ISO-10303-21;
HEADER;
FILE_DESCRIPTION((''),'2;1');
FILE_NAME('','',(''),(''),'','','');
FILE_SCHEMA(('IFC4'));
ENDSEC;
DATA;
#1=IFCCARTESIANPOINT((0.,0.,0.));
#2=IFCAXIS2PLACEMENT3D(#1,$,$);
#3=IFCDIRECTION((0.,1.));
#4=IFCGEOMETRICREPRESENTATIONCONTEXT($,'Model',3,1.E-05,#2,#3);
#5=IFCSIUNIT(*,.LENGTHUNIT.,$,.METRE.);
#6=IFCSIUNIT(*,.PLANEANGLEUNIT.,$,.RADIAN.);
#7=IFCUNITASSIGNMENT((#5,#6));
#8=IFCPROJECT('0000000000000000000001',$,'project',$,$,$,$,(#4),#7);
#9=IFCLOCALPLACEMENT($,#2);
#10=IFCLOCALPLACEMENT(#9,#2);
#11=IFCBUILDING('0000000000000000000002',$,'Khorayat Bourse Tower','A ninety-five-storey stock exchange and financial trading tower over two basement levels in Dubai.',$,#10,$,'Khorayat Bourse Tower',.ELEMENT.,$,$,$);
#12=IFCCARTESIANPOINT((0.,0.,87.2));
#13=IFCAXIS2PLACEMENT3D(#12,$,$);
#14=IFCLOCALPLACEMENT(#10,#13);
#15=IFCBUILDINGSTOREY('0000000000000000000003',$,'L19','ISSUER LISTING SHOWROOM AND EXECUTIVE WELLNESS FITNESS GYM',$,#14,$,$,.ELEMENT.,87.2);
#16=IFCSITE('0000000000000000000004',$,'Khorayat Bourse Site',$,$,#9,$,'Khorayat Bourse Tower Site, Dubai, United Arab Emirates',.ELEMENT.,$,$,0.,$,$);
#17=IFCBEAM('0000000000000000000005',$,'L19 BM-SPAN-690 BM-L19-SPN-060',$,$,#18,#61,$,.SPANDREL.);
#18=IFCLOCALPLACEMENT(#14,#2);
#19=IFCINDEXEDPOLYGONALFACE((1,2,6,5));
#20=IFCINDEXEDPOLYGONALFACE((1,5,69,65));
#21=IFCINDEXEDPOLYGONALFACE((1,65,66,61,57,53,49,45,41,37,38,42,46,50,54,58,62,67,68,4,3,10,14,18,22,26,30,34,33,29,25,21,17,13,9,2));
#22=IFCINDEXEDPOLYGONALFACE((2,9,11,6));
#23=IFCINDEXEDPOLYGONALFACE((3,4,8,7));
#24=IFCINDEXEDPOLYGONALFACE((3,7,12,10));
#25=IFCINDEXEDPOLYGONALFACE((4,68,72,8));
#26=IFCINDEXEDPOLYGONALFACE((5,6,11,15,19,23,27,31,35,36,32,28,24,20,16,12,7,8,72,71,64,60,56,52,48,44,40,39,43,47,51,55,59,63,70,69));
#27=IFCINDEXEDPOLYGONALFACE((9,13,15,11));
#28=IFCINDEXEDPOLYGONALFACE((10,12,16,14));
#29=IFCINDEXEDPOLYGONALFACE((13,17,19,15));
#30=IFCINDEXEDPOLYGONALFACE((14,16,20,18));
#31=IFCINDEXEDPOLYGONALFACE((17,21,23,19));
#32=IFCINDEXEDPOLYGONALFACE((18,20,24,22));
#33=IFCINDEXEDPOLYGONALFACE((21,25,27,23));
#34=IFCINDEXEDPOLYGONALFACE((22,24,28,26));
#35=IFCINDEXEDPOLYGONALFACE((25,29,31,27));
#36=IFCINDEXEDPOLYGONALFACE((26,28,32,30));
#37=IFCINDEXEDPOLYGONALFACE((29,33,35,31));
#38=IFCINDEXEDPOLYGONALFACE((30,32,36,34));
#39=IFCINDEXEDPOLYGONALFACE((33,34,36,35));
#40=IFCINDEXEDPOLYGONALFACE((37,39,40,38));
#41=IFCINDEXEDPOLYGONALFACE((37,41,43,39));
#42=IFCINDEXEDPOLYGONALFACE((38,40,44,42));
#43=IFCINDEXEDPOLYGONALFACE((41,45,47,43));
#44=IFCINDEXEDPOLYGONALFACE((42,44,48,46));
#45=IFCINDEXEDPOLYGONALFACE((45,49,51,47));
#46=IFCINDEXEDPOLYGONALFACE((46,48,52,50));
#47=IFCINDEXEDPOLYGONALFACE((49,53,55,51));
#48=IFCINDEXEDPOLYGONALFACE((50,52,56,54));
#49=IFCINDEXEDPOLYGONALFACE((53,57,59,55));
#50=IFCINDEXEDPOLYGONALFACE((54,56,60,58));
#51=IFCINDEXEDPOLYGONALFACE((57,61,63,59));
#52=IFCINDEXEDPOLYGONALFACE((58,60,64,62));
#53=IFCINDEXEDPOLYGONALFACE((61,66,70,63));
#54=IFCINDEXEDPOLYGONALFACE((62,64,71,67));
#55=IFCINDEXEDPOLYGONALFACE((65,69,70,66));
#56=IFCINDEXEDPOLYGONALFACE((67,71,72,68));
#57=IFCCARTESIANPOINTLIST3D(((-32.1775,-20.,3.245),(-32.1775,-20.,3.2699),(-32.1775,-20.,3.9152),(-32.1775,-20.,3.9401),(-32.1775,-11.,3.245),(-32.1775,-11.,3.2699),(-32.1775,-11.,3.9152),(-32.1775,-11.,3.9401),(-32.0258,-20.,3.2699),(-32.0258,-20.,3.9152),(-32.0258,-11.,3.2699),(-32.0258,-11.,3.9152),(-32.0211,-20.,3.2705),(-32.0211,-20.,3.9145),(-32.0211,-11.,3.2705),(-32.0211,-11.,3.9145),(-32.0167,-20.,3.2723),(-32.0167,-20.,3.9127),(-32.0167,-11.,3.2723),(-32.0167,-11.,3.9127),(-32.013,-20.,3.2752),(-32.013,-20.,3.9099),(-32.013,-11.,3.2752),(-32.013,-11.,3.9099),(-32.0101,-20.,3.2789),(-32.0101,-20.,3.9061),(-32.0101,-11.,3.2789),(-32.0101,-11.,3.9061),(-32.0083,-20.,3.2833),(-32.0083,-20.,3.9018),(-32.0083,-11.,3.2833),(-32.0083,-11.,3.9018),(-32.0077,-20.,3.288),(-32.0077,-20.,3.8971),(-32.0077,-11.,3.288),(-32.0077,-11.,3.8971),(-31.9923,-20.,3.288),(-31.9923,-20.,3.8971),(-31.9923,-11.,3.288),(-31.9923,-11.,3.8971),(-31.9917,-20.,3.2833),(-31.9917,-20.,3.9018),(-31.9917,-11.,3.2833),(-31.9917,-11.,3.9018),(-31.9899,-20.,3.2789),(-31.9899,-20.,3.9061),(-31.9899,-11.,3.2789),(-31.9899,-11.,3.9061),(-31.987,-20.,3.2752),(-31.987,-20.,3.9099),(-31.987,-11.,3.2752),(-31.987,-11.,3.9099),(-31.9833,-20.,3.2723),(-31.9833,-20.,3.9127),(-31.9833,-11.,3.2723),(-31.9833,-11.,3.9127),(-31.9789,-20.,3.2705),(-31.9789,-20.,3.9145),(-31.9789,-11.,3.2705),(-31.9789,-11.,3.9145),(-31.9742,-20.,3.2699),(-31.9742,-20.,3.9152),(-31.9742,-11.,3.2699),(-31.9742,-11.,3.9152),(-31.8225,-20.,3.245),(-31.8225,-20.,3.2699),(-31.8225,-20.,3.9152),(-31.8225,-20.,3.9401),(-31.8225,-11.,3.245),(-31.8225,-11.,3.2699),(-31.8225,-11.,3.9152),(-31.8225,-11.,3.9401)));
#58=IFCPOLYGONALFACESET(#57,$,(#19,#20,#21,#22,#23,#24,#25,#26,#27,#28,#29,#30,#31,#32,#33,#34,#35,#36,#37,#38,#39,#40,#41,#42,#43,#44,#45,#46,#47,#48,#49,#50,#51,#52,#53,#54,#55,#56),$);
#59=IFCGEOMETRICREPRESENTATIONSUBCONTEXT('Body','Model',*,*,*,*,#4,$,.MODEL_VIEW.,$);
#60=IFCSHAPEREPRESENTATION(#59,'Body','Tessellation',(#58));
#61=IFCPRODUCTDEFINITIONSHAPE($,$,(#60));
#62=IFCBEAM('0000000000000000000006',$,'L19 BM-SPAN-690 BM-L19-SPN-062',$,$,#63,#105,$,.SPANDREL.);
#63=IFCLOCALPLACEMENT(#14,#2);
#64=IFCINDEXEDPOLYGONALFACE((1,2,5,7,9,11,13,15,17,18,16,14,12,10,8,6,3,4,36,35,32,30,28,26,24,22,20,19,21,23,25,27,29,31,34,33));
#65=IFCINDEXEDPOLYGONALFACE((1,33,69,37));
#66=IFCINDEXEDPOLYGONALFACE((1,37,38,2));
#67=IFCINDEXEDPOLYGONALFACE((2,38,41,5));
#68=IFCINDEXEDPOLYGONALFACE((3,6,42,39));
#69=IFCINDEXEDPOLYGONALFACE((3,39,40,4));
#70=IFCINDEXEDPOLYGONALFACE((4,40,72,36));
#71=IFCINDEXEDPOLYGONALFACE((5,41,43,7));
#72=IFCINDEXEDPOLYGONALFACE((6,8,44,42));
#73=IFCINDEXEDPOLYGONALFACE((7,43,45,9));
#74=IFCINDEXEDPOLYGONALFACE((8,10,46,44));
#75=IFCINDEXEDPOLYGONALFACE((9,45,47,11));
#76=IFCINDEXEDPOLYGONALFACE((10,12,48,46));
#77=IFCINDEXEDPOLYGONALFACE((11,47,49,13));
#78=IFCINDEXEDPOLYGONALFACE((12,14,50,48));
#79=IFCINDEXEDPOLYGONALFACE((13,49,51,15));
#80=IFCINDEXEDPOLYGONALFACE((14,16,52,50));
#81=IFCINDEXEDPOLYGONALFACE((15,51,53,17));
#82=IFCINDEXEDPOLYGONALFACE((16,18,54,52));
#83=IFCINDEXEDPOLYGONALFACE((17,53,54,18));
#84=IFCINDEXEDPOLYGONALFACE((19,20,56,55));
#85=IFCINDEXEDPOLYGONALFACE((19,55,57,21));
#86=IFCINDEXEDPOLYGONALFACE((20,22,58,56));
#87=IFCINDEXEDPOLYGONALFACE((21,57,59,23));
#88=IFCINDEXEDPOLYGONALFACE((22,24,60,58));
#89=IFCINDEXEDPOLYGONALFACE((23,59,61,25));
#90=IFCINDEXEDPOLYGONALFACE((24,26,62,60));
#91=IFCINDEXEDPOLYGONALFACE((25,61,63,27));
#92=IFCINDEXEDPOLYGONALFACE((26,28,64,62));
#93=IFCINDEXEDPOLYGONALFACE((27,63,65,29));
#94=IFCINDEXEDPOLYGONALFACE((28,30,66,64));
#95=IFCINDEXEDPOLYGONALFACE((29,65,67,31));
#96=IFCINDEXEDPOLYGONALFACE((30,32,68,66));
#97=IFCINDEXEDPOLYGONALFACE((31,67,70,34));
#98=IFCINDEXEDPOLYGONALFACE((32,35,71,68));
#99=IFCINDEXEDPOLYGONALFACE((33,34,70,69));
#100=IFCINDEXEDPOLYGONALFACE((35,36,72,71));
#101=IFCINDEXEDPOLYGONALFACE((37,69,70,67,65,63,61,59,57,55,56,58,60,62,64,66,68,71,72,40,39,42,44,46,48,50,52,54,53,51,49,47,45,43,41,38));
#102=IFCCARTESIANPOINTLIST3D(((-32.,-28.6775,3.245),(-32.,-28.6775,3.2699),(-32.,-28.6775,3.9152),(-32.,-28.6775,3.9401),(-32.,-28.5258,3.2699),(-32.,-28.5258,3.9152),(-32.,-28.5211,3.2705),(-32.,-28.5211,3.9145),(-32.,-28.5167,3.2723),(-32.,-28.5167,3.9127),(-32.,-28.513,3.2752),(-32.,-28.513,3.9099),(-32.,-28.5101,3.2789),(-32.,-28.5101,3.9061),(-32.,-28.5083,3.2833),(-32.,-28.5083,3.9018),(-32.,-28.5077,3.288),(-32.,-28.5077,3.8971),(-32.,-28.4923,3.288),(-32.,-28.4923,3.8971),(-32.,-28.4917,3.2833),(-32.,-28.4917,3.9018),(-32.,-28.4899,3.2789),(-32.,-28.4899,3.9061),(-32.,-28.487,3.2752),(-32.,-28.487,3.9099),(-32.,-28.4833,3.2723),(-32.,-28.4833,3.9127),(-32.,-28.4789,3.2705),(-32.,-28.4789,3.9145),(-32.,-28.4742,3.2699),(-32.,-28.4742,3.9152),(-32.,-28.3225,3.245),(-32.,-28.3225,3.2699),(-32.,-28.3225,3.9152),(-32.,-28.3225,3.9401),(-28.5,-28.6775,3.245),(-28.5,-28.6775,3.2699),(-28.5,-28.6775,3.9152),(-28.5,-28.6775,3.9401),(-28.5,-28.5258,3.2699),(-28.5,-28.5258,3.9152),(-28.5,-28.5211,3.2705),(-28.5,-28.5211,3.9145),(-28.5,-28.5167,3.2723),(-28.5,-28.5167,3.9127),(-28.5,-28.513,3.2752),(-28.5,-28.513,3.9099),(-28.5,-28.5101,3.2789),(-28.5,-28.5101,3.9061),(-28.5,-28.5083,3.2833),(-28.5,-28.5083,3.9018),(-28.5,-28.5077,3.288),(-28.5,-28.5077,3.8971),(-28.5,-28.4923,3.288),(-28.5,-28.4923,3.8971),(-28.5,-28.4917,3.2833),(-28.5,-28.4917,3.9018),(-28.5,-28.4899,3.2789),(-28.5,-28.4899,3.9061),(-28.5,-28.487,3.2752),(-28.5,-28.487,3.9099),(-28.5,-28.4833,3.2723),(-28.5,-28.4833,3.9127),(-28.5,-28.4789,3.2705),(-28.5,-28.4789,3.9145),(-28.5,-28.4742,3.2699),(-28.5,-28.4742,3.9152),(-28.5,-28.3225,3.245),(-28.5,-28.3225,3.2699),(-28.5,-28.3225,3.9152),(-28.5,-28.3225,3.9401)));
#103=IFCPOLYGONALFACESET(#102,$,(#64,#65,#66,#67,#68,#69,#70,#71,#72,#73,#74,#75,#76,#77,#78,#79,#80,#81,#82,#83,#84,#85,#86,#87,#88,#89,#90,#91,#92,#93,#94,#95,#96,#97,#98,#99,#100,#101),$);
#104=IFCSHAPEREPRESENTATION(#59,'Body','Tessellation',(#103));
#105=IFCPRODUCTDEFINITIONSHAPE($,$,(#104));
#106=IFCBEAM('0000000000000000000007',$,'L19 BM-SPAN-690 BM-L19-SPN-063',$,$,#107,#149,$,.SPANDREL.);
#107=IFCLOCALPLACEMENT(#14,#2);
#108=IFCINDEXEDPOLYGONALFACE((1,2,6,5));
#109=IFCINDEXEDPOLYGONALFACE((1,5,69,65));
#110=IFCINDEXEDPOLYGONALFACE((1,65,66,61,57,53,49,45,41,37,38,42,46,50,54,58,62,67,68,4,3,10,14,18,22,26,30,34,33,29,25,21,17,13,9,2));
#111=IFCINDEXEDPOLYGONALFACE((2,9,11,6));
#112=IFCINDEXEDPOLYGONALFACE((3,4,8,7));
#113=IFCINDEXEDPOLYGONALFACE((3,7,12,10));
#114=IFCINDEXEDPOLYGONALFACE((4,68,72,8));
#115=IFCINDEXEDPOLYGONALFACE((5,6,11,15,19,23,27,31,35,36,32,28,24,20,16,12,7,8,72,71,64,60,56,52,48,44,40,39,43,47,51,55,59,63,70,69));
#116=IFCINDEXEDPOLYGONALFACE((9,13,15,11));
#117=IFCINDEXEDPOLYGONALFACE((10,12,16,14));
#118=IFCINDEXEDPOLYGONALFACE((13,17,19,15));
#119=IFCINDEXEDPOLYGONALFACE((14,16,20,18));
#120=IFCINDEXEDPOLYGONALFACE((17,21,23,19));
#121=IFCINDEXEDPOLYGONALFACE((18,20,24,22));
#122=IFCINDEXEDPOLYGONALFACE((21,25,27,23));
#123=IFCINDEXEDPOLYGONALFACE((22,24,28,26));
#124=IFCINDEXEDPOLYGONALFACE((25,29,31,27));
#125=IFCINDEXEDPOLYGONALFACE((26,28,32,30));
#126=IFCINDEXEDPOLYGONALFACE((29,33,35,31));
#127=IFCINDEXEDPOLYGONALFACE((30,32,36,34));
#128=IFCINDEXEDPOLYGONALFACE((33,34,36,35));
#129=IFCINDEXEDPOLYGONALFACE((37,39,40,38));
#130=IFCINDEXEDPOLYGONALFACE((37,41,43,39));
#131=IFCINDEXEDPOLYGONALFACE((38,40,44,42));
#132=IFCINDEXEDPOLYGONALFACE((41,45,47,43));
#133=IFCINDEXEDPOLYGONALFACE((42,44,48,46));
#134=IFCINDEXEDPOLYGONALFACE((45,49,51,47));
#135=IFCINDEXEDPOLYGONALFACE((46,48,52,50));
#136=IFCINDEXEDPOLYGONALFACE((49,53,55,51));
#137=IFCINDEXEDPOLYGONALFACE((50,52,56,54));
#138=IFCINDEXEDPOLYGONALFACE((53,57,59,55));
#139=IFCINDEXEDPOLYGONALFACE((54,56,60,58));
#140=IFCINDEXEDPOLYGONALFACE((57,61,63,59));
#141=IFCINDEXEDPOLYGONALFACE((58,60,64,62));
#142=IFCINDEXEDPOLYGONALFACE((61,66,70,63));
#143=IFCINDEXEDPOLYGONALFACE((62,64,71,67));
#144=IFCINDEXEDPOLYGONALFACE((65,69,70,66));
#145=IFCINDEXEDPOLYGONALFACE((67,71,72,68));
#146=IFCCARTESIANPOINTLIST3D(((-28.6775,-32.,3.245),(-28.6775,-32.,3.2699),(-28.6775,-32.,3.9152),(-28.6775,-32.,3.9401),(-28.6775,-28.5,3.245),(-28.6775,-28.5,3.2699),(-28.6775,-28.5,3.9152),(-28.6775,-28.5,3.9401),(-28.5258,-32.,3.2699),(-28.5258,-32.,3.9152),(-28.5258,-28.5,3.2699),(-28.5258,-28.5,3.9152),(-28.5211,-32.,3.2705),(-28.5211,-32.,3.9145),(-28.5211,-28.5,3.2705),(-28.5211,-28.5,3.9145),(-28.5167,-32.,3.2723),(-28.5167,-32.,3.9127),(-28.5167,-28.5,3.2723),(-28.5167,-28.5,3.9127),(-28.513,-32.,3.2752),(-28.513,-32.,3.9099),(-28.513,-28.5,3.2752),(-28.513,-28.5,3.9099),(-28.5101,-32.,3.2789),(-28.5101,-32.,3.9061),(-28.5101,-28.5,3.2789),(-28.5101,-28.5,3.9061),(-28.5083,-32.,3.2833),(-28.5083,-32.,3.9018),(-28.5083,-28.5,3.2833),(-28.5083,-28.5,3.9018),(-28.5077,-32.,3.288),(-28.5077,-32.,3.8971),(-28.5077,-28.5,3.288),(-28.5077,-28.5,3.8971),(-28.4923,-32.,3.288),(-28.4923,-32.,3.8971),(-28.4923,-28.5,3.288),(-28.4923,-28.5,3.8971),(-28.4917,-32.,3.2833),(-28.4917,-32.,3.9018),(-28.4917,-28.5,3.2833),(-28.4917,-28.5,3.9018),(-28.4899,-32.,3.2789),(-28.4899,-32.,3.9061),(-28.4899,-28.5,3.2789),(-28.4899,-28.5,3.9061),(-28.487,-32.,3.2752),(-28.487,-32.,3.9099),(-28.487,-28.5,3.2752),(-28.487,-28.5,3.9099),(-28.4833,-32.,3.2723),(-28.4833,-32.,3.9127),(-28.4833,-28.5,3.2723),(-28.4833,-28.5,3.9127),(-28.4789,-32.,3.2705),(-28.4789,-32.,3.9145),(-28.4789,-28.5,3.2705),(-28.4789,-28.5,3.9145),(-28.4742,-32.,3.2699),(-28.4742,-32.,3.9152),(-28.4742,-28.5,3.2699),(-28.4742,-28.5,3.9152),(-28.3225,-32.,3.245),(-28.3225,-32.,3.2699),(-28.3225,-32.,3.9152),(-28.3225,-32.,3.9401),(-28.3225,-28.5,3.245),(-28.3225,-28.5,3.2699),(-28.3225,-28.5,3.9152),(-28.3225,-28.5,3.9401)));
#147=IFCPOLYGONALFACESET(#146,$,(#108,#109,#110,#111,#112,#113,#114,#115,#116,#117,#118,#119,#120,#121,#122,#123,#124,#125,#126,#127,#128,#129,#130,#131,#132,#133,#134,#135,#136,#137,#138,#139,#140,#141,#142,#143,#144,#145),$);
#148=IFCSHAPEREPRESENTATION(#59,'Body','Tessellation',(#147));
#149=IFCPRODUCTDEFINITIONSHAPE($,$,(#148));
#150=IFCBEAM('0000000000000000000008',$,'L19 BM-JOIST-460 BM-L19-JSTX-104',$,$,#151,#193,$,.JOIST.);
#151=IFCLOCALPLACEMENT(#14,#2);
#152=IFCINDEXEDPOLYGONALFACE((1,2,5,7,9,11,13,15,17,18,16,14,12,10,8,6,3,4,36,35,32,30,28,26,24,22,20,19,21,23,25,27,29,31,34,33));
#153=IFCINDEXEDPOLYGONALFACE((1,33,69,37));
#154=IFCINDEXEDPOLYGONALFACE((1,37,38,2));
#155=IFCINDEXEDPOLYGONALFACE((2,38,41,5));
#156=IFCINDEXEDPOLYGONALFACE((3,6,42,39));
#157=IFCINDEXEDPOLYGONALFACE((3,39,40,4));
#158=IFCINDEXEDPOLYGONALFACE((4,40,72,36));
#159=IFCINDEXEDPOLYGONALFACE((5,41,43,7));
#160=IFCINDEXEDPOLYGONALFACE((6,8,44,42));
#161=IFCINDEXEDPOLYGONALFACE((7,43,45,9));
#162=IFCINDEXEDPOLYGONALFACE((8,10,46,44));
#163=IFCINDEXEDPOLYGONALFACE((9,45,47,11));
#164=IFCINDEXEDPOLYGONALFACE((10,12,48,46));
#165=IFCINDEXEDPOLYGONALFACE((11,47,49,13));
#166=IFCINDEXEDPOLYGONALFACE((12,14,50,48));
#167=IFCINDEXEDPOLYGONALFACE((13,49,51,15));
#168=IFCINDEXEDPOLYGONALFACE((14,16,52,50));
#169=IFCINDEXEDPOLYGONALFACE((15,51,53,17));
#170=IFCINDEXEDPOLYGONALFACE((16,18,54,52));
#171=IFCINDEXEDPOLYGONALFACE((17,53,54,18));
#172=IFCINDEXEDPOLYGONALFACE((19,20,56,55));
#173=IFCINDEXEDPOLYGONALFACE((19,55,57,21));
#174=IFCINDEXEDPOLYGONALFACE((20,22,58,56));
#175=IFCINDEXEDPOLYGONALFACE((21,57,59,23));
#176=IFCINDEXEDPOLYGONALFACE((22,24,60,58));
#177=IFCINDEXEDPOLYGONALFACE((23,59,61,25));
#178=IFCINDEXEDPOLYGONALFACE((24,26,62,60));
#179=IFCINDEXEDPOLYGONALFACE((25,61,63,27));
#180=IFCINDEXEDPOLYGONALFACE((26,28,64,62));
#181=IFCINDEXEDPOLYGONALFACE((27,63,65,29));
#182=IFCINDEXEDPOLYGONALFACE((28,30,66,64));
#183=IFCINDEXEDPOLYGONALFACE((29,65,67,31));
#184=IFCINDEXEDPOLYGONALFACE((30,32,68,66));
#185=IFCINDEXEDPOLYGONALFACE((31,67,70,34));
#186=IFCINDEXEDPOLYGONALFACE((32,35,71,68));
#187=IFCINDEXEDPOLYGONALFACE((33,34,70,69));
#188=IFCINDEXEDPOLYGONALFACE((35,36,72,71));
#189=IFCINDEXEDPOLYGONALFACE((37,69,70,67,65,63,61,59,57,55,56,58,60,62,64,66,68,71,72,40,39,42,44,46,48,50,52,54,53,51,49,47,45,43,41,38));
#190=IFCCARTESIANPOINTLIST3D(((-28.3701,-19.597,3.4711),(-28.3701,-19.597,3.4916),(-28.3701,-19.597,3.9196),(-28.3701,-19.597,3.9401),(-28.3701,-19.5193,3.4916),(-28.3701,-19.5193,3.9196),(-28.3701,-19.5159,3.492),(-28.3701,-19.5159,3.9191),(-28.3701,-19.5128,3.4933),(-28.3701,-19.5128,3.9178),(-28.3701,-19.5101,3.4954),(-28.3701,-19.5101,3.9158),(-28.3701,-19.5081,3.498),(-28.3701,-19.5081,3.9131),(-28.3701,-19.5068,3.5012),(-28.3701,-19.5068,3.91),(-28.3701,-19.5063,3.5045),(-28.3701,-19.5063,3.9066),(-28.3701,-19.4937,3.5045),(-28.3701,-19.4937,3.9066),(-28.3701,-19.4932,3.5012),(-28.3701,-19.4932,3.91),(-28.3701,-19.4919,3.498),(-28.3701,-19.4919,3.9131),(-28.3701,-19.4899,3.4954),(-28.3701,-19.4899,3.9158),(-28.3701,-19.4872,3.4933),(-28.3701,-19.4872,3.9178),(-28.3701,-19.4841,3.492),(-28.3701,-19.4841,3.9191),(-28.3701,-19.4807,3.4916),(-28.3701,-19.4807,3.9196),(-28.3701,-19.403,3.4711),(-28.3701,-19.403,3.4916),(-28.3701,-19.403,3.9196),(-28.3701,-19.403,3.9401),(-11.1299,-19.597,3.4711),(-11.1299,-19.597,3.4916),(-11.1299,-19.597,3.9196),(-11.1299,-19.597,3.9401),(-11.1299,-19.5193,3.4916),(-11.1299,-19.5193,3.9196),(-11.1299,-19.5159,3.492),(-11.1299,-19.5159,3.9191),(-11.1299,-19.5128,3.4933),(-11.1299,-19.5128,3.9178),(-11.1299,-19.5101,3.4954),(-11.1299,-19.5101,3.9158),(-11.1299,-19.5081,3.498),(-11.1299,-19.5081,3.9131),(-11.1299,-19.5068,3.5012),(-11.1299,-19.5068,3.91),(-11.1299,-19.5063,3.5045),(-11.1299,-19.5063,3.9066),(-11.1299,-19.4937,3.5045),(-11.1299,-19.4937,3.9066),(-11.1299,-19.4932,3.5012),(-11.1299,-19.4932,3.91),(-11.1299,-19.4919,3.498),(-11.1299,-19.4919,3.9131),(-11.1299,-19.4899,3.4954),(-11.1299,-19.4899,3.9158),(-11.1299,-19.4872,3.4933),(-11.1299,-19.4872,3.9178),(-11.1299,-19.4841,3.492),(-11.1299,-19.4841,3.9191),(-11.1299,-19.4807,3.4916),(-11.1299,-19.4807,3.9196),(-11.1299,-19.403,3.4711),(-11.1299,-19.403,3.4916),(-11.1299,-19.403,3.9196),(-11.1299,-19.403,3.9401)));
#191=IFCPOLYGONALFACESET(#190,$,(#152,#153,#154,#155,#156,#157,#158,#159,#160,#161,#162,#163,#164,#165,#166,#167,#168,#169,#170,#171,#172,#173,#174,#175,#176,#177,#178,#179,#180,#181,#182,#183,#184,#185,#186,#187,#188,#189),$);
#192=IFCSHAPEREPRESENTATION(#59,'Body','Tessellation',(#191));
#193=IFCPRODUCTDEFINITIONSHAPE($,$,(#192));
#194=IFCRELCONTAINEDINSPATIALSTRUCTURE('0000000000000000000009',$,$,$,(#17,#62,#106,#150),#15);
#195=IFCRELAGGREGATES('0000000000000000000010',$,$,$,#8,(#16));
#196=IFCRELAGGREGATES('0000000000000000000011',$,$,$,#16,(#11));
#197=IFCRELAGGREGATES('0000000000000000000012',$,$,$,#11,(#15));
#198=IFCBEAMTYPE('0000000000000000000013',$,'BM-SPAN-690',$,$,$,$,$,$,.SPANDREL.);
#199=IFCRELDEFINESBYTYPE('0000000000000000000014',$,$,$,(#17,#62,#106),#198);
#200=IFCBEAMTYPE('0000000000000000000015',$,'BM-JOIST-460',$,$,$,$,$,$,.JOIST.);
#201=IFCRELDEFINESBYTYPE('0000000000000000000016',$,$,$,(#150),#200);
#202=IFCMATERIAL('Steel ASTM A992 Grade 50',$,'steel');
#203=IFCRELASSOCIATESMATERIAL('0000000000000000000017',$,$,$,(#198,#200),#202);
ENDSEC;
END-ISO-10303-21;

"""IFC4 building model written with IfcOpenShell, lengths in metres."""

from ifc_helpers import new_model, si_unit, direction, frame, origin, origin_2d, place, context, subcontext, project, spatial, i_section, extrude, source, transform, mapped, material, material_profile, profile_set, type_object, element, save


model = new_model("IFC4")

# Units and contexts
model_context = context("Model", 3, precision=1e-05, world=origin(), true_north=direction((0.0, 1.0)))
body_context = subcontext(model_context, "Body", "Model", "MODEL_VIEW")
ifc_project = project(units=[si_unit("LENGTHUNIT", "METRE"), si_unit("PLANEANGLEUNIT", "RADIAN")], contexts=[model_context])

# Site, building, storey
site_placement = place(None, origin())
site = spatial("IfcSite", under=ifc_project, at=site_placement, Name="Khorayat Bourse Site", LongName="Khorayat Bourse Tower Site, Dubai, United Arab Emirates", CompositionType="ELEMENT", RefElevation=0.0)
building_placement = place(site_placement, origin())
building = spatial("IfcBuilding", under=site, at=building_placement, Name="Khorayat Bourse Tower", Description="A ninety-five-storey stock exchange and financial trading tower over two basement levels in Dubai.", LongName="Khorayat Bourse Tower", CompositionType="ELEMENT")
storey_placement = place(building_placement, frame((0.0, 0.0, 87.2)))
storey = spatial("IfcBuildingStorey", under=building, at=storey_placement, Name="L19", Description="ISSUER LISTING SHOWROOM AND EXECUTIVE WELLNESS FITNESS GYM", CompositionType="ELEMENT", Elevation=87.2)

# Beams
ifc_material_1 = material(Name="Steel ASTM A992 Grade 50", Category="steel")
ifc_material_profile_1 = material_profile(ifc_material_1, i_section(OverallWidth=0.355, OverallDepth=0.6951, WebThickness=0.0154, FlangeThickness=0.0249, FilletRadius=0.0181, at=origin_2d()), Name="W690X217")
ifc_profile_set_1 = profile_set([ifc_material_profile_1], Name="Steel ASTM A992 Grade 50")
beam_type_1 = type_object("IfcBeamType", Name="BM-SPAN-690", PredefinedType="SPANDREL", material=ifc_profile_set_1)
shared_shape_1 = source(origin(), body_context, "Body", "SweptSolid", [
    extrude(i_section(OverallWidth=0.355, OverallDepth=0.6951, WebThickness=0.0154, FlangeThickness=0.0249, FilletRadius=0.0181, at=origin_2d()), origin(), (0.0, 0.0, 1.0), 9.0),
])
beam_1_placement = place(storey_placement, frame((-32.0, -20.0, 3.5925), z_axis=(0.0, 1.0, 0.0), x_axis=(-1.0, 0.0, 0.0)))
element("IfcBeam", 1, at=beam_1_placement, inside=storey, type_object=beam_type_1, Name="L19 BM-SPAN-690 BM-L19-SPN-060", PredefinedType="SPANDREL", context=body_context, shape_type="MappedRepresentation", body=[
    mapped(shared_shape_1, transform((0.0, 0.0, 0.0), scale=1.0)),
])
shared_shape_2 = source(origin(), body_context, "Body", "SweptSolid", [
    extrude(i_section(OverallWidth=0.355, OverallDepth=0.6951, WebThickness=0.0154, FlangeThickness=0.0249, FilletRadius=0.0181, at=origin_2d()), origin(), (0.0, 0.0, 1.0), 3.5),
])
for number, where, z_axis, x_axis, name in (
    (2, (-32.0, -28.5, 3.5925), (1.0, 0.0, 0.0), (0.0, 1.0, 0.0), "L19 BM-SPAN-690 BM-L19-SPN-062"),
    (3, (-28.5, -32.0, 3.5925), (0.0, 1.0, 0.0), (-1.0, 0.0, 0.0), "L19 BM-SPAN-690 BM-L19-SPN-063"),
):
    element("IfcBeam", number, at=place(storey_placement, frame(where, z_axis=z_axis, x_axis=x_axis)), inside=storey, type_object=beam_type_1, Name=name, PredefinedType="SPANDREL", context=body_context, shape_type="MappedRepresentation", body=[
        mapped(shared_shape_2, transform((0.0, 0.0, 0.0), scale=1.0)),
    ])
ifc_material_profile_2 = material_profile(ifc_material_1, i_section(OverallWidth=0.1941, OverallDepth=0.469, WebThickness=0.0127, FlangeThickness=0.0205, FilletRadius=0.0129, at=origin_2d()), Name="W460X106")
ifc_profile_set_2 = profile_set([ifc_material_profile_2], Name="Steel ASTM A992 Grade 50")
beam_type_2 = type_object("IfcBeamType", Name="BM-JOIST-460", PredefinedType="JOIST", material=ifc_profile_set_2)
shared_shape_3 = source(origin(), body_context, "Body", "SweptSolid", [
    extrude(i_section(OverallWidth=0.1941, OverallDepth=0.469, WebThickness=0.0127, FlangeThickness=0.0205, FilletRadius=0.0129, at=origin_2d()), origin(), (0.0, 0.0, 1.0), 17.2402),
])
beam_2_placement = place(storey_placement, frame((-28.3701, -19.5, 3.7056), z_axis=(1.0, 0.0, 0.0), x_axis=(0.0, 1.0, 0.0)))
element("IfcBeam", 4, at=beam_2_placement, inside=storey, type_object=beam_type_2, Name="L19 BM-JOIST-460 BM-L19-JSTX-104", PredefinedType="JOIST", context=body_context, shape_type="MappedRepresentation", body=[
    mapped(shared_shape_3, transform((0.0, 0.0, 0.0), scale=1.0)),
])

save(model, "model.ifc")
